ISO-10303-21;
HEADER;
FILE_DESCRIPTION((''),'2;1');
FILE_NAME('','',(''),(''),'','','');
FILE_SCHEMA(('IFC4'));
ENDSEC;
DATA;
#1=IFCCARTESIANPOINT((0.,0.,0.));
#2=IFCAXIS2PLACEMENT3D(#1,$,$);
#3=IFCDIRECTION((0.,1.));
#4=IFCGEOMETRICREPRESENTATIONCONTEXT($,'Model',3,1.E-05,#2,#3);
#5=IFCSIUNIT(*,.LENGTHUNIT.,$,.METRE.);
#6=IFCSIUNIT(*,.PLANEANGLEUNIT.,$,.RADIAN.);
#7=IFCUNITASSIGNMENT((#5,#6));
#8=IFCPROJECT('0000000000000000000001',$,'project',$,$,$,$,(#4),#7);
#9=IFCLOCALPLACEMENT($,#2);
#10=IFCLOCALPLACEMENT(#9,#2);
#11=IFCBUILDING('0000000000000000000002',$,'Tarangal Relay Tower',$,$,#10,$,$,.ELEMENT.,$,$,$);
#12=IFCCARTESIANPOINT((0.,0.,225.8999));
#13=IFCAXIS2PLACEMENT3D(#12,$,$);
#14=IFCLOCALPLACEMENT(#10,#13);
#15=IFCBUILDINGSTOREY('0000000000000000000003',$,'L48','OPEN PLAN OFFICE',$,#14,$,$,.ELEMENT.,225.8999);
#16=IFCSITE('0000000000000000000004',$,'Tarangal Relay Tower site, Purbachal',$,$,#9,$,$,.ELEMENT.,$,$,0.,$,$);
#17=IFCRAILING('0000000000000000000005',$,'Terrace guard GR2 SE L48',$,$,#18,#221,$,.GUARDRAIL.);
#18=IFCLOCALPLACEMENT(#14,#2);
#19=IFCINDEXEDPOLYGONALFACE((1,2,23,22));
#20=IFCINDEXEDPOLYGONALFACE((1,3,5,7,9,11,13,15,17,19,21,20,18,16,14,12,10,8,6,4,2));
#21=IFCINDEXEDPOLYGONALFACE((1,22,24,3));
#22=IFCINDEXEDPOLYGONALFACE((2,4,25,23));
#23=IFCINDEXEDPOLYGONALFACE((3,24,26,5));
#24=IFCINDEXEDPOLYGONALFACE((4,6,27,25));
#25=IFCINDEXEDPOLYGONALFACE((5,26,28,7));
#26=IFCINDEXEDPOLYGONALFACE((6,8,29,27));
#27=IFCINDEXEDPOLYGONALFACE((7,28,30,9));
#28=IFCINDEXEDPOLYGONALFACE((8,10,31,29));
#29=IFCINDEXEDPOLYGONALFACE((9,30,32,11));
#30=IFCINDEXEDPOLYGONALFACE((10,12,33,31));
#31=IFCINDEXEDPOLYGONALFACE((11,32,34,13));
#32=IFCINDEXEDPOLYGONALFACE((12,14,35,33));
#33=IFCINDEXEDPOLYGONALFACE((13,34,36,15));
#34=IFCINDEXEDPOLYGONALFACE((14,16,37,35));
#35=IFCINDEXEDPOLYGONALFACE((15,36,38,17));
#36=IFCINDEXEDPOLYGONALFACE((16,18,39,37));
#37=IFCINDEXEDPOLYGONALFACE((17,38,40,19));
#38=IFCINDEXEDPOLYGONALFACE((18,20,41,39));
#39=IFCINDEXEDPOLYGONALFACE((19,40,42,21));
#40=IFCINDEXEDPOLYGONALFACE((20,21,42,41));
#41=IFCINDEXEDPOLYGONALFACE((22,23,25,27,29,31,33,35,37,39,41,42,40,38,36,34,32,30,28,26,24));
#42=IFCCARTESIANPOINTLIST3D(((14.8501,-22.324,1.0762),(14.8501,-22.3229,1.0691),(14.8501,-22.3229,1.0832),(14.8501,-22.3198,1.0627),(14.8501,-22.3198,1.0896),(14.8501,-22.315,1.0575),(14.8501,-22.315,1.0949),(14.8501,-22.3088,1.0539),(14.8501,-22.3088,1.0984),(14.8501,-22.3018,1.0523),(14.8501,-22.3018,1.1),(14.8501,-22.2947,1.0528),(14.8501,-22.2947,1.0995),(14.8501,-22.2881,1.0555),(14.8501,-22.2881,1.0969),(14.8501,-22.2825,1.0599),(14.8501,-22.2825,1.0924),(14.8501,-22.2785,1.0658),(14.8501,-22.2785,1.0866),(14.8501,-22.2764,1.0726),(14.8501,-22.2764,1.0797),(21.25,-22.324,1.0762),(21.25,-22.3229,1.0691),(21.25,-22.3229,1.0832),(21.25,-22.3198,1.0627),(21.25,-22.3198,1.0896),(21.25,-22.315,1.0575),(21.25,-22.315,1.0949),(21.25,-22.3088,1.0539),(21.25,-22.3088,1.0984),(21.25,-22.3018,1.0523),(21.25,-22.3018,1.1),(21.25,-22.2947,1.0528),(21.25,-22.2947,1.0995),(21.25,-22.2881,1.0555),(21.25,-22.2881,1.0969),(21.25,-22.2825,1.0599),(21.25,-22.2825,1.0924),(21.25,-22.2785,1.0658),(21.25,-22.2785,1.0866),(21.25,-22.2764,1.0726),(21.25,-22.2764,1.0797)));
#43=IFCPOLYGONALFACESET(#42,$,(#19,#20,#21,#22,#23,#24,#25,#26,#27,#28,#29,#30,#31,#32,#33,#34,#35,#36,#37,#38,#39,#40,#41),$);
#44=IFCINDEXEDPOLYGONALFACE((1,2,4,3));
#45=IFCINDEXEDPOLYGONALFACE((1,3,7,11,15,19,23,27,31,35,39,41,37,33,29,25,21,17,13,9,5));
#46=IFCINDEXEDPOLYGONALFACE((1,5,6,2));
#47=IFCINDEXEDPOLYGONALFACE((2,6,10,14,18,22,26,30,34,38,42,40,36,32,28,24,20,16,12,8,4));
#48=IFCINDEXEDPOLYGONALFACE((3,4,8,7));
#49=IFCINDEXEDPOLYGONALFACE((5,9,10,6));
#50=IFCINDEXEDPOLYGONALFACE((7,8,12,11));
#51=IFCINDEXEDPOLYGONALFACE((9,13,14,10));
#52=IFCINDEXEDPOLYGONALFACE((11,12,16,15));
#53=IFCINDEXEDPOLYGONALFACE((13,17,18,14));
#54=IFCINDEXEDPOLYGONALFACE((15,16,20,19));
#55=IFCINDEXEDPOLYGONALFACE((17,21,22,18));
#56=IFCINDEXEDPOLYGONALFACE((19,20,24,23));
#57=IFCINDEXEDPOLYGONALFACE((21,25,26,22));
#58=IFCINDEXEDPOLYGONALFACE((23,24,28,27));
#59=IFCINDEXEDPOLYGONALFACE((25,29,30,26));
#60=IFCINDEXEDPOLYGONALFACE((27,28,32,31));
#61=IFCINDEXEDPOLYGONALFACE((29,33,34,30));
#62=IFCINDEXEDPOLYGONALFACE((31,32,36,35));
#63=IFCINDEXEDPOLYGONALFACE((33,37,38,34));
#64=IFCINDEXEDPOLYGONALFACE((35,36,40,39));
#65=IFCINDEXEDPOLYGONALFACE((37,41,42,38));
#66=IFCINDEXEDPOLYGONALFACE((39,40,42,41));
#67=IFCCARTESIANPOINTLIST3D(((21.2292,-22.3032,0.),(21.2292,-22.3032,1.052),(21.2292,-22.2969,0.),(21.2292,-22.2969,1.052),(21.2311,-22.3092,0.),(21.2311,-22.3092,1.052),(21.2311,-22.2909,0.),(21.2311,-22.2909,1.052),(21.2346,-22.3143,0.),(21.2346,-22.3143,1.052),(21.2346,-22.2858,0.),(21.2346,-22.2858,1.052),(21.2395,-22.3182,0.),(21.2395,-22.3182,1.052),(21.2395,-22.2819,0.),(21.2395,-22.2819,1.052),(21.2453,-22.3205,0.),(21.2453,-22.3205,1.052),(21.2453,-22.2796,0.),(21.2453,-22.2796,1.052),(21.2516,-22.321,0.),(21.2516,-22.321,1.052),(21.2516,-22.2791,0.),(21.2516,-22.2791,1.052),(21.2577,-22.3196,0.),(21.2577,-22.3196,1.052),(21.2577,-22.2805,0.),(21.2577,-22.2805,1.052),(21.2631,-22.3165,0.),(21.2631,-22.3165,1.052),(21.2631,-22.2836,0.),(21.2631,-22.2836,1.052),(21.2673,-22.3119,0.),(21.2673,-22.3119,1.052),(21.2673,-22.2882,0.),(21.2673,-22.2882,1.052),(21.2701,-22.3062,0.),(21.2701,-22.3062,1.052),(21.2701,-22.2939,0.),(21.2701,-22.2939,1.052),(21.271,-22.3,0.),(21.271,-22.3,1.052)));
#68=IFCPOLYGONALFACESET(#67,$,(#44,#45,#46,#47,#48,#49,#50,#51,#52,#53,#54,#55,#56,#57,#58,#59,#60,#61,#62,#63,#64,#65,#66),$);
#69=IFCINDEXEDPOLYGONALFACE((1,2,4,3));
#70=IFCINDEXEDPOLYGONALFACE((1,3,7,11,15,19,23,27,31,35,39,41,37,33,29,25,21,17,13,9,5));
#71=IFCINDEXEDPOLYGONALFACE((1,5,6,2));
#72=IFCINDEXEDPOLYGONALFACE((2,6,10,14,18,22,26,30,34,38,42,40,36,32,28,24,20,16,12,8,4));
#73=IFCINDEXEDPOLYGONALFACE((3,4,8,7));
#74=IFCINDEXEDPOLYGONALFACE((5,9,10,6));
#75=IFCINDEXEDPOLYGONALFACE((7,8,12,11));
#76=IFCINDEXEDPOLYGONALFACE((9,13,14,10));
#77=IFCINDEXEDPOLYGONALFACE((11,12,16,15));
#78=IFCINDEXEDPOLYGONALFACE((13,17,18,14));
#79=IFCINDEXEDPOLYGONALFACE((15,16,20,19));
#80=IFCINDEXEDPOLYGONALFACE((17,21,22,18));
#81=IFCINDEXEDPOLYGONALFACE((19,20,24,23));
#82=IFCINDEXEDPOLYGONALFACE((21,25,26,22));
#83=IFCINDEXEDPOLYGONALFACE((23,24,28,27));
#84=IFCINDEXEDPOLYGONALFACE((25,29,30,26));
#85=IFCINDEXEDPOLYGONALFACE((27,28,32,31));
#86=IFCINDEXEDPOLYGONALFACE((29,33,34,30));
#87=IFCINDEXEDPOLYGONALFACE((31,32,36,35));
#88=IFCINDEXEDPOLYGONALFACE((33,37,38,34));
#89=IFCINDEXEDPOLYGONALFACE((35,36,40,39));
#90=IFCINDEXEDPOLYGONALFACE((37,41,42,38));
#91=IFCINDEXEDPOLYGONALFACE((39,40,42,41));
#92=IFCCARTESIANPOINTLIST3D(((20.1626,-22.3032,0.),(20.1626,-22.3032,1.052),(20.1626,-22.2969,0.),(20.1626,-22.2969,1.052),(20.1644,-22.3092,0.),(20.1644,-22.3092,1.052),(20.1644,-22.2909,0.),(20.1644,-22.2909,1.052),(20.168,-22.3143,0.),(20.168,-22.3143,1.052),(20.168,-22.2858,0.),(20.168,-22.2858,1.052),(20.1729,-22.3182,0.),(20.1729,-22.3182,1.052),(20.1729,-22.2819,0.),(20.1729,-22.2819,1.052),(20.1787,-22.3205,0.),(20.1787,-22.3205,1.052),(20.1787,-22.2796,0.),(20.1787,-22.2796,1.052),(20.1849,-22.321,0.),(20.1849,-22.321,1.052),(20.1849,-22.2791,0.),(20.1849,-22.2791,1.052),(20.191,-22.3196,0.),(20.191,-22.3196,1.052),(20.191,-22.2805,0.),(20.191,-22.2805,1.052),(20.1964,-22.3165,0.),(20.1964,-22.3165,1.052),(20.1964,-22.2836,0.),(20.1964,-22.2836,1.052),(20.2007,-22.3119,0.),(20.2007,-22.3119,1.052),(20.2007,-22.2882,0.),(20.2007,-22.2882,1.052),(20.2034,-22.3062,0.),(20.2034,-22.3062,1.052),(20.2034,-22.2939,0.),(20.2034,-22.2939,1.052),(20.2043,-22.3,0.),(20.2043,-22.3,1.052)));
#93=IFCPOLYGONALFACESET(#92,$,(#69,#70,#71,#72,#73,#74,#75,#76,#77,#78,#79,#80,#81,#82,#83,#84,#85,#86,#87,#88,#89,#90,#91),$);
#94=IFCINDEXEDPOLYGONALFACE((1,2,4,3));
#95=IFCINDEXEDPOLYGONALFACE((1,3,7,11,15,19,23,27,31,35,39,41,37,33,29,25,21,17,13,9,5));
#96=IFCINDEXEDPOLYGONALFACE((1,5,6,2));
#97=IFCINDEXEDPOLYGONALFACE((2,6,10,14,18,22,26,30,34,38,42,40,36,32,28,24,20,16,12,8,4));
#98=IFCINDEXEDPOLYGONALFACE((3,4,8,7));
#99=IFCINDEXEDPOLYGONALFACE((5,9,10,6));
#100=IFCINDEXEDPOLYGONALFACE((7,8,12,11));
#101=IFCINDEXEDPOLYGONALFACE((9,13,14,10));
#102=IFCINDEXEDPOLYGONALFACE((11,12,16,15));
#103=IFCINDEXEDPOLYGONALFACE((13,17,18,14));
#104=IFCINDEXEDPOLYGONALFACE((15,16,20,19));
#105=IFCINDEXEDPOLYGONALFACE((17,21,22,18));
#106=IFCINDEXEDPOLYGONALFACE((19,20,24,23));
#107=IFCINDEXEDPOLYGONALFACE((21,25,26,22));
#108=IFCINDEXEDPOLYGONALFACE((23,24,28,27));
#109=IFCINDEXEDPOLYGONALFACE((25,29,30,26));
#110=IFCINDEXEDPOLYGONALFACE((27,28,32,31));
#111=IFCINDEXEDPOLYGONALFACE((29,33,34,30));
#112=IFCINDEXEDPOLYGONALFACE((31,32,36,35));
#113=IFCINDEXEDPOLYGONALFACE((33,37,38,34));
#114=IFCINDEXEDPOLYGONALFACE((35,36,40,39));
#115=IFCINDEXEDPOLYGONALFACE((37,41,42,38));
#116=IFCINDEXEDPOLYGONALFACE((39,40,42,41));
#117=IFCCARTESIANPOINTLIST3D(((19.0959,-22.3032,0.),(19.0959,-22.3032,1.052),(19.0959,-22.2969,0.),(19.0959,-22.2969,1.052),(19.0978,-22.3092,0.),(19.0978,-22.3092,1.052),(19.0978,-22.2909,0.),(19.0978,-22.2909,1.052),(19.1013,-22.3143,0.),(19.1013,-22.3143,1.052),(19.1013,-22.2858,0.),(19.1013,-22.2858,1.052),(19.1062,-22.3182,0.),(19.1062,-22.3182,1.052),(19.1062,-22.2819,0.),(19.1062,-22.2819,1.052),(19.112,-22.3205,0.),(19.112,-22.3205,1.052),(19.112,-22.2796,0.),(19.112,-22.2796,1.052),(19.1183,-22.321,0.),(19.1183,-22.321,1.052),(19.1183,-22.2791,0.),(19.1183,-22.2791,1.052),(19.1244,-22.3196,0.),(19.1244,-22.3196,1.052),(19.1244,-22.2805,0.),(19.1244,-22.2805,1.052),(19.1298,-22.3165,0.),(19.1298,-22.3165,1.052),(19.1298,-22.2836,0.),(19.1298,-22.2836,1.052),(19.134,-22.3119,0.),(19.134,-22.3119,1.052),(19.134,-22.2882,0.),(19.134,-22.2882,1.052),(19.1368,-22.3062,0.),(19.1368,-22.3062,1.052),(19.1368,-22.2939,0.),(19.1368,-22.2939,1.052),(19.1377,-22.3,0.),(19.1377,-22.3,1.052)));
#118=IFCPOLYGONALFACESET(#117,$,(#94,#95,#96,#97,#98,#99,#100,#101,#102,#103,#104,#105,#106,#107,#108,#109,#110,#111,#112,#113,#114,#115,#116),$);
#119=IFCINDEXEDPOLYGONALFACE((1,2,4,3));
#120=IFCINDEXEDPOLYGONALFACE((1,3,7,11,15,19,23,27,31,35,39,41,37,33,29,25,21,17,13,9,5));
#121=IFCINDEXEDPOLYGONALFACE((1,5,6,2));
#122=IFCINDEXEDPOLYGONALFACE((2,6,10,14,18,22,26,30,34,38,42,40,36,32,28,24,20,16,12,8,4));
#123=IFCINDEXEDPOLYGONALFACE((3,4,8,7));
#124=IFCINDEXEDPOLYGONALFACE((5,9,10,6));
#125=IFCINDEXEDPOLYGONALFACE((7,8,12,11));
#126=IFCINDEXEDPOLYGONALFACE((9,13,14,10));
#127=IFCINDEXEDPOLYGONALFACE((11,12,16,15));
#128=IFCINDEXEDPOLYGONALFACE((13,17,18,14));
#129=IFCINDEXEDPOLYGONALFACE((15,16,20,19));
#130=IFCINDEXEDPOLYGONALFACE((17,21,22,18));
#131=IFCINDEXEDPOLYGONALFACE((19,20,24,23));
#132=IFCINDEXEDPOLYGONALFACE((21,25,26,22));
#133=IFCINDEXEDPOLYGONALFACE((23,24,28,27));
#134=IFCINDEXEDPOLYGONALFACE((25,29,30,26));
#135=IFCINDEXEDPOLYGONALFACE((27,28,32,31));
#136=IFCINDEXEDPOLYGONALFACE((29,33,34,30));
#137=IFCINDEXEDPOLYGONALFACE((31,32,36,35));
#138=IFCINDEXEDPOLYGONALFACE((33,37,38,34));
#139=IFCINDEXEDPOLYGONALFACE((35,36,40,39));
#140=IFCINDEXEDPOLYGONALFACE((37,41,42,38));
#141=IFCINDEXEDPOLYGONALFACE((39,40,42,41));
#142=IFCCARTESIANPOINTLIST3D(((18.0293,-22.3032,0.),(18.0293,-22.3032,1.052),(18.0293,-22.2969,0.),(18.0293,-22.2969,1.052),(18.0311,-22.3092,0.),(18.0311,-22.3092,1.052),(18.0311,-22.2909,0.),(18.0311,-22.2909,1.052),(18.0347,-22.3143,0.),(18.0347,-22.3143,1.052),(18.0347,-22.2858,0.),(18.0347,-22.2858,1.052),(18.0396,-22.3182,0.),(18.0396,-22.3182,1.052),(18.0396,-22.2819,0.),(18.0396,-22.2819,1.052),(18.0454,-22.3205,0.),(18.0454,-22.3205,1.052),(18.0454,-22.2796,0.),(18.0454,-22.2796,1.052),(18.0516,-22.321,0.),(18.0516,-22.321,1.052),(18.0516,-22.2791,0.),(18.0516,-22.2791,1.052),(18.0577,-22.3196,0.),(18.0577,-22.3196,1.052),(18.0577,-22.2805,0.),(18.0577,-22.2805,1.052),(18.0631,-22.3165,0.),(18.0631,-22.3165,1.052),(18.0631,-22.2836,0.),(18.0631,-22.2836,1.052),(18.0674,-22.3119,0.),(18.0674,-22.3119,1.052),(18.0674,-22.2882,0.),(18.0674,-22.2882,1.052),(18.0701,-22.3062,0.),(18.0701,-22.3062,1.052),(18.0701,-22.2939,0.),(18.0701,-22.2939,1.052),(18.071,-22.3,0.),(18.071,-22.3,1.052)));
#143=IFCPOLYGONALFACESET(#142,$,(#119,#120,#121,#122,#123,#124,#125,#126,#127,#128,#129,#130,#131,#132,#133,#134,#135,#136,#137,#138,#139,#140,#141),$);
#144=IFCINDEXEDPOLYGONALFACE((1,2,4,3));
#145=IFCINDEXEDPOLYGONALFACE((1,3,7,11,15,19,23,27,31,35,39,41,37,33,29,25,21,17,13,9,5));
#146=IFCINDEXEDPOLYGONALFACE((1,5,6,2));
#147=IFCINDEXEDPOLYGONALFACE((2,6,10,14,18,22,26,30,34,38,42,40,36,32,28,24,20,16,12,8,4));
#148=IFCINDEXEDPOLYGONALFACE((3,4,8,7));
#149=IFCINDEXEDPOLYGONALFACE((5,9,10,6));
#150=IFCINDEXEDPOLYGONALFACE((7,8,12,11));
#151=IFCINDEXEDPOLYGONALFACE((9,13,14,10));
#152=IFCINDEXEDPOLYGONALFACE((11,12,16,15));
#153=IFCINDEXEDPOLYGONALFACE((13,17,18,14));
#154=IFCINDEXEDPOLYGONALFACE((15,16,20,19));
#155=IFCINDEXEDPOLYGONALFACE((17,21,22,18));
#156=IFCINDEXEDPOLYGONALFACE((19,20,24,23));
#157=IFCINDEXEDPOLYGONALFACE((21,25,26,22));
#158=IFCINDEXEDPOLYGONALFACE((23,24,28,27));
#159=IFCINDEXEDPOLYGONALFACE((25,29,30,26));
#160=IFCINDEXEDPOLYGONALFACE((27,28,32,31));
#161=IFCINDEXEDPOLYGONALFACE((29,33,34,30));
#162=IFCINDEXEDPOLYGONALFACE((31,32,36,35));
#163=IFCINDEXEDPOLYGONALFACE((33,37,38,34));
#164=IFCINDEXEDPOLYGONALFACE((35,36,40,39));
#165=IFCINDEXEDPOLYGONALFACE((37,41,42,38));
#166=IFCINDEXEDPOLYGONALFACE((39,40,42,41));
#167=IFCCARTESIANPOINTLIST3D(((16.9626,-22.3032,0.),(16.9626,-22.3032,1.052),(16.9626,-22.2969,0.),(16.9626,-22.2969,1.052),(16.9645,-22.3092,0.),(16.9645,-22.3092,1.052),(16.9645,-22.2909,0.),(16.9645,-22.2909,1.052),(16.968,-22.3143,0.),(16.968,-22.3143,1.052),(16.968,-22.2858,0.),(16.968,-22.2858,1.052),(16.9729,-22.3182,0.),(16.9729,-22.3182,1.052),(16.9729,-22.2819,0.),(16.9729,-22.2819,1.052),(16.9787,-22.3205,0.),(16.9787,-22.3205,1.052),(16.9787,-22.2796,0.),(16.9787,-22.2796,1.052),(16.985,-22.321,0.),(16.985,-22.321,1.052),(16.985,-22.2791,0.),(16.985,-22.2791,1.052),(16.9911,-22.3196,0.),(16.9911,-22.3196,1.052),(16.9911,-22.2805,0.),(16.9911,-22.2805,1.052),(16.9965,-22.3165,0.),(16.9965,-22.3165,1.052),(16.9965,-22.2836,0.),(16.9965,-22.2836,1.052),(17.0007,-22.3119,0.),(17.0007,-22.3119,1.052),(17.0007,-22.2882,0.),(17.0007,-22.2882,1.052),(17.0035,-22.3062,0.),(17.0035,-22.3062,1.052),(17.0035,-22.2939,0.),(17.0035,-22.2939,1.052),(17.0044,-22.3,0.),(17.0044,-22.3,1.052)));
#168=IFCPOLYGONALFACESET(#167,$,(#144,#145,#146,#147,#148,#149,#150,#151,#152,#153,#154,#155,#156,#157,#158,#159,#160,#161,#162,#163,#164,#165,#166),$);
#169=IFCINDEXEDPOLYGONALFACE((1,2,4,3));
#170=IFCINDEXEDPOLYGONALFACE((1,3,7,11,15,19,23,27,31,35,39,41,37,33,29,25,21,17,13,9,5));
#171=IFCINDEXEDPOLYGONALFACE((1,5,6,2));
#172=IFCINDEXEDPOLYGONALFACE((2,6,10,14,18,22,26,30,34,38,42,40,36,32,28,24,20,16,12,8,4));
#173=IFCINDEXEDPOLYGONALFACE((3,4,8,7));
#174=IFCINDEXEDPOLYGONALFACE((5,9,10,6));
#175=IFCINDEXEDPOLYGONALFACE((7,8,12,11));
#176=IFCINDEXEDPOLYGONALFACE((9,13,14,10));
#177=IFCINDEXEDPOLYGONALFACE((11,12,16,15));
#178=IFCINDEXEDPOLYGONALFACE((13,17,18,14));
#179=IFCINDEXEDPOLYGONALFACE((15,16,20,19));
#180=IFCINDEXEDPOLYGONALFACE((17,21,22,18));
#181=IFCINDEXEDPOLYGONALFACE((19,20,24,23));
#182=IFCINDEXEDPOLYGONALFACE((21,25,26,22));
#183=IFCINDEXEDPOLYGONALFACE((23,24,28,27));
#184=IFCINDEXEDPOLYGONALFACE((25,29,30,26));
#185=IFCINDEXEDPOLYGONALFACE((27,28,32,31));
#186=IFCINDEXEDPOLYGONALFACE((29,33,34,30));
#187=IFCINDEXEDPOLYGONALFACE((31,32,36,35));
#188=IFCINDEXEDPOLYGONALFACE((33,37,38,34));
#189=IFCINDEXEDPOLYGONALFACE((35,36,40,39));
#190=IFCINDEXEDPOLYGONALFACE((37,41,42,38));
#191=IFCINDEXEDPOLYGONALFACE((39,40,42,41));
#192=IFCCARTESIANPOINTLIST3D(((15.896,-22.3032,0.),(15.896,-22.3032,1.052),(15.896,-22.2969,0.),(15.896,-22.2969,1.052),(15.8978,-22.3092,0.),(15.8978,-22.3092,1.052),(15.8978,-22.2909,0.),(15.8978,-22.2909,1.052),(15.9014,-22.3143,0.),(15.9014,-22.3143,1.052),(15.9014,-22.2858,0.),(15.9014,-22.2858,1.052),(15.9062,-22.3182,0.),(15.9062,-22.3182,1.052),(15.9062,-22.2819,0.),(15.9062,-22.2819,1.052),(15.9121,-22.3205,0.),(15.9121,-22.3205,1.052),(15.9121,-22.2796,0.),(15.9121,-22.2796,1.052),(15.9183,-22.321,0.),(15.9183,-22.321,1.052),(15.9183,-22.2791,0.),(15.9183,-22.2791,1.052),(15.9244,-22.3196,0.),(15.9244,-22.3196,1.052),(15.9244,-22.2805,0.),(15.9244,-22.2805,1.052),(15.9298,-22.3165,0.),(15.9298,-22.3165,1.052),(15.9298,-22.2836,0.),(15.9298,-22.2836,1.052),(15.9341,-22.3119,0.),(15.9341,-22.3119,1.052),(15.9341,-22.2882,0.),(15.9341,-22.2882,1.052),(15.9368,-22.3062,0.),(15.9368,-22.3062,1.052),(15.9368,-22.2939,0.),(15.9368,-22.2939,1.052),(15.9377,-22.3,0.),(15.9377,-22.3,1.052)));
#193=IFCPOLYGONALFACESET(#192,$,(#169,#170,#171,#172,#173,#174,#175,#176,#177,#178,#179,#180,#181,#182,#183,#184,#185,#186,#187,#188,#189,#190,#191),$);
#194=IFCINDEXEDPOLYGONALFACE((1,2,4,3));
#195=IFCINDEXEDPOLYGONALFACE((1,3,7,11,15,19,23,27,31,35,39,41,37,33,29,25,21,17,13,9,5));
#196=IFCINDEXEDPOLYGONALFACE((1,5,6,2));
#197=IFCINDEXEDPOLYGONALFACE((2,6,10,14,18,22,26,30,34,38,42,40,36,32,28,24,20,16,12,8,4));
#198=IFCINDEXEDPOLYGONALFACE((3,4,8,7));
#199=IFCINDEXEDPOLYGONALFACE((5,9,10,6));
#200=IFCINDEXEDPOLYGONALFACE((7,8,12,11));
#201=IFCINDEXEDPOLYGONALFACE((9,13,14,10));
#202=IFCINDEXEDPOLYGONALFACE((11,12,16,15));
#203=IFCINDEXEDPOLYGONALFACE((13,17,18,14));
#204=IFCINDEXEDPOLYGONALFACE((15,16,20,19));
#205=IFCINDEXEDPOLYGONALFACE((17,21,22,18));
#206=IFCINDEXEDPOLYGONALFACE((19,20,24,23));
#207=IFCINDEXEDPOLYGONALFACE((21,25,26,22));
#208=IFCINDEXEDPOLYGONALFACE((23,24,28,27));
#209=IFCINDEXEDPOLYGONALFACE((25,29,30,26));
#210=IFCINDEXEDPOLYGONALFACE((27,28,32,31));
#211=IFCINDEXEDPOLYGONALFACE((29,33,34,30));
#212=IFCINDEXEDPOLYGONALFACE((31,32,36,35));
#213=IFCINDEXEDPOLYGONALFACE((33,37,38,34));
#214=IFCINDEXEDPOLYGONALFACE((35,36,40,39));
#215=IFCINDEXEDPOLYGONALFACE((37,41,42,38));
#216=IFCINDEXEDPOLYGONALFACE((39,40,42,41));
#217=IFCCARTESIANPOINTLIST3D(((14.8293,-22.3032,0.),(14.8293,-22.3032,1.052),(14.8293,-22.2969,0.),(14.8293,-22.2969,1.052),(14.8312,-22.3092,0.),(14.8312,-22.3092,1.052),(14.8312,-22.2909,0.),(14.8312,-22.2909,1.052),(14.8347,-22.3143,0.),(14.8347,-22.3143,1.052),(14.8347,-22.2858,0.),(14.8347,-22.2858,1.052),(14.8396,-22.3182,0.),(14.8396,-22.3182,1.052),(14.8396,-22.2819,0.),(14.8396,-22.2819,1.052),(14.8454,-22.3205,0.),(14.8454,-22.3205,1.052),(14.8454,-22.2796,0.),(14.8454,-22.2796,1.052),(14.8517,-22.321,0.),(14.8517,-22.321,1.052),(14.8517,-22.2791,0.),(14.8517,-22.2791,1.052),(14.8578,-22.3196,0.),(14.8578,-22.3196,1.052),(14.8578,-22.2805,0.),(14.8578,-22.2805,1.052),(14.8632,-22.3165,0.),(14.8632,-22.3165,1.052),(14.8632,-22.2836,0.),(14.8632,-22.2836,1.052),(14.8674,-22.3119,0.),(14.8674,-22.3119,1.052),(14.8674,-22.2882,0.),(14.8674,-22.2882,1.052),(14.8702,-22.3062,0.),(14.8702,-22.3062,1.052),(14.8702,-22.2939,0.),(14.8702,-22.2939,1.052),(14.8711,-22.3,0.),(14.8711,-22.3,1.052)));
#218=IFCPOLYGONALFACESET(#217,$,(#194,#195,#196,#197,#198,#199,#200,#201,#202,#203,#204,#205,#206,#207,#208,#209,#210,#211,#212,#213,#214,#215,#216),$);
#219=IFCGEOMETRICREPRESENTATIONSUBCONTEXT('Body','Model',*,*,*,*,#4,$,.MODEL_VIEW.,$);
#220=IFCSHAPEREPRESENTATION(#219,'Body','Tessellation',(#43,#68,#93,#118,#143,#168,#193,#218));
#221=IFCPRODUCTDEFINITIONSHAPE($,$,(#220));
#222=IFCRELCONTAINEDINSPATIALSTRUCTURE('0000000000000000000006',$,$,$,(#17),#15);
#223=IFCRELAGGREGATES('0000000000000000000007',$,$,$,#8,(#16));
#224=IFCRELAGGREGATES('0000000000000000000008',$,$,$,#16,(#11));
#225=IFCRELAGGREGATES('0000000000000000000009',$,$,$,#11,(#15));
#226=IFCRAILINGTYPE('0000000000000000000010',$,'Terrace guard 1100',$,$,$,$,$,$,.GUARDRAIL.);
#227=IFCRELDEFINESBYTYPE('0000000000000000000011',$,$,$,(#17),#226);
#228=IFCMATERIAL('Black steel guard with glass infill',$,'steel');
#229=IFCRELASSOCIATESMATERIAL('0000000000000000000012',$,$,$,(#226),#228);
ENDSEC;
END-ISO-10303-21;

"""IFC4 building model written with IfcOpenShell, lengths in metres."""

from ifc_helpers import new_model, si_unit, direction, frame, origin, origin_2d, place, context, subcontext, project, spatial, circle, extrude, material, type_object, element, save


model = new_model("IFC4")

# Units and contexts
model_context = context("Model", 3, precision=1e-05, world=origin(), true_north=direction((0.0, 1.0)))
body_context = subcontext(model_context, "Body", "Model", "MODEL_VIEW")
ifc_project = project(units=[si_unit("LENGTHUNIT", "METRE"), si_unit("PLANEANGLEUNIT", "RADIAN")], contexts=[model_context])

# Site, building, storey
site_placement = place(None, origin())
site = spatial("IfcSite", under=ifc_project, at=site_placement, Name="Tarangal Relay Tower site, Purbachal", CompositionType="ELEMENT", RefElevation=0.0)
building_placement = place(site_placement, origin())
building = spatial("IfcBuilding", under=site, at=building_placement, Name="Tarangal Relay Tower", CompositionType="ELEMENT")
storey_placement = place(building_placement, frame((0.0, 0.0, 225.8999)))
storey = spatial("IfcBuildingStorey", under=building, at=storey_placement, Name="L48", Description="OPEN PLAN OFFICE", CompositionType="ELEMENT", Elevation=225.8999)

# Railing
ifc_material_1 = material(Name="Black steel guard with glass infill", Category="steel")
railing_type = type_object("IfcRailingType", Name="Terrace guard 1100", PredefinedType="GUARDRAIL", material=ifc_material_1)
railing_1_placement = place(storey_placement, frame((21.25, -22.3, 0.0)))
element("IfcRailing", 1, at=railing_1_placement, inside=storey, type_object=railing_type, Name="Terrace guard GR2 SE L48", PredefinedType="GUARDRAIL", context=body_context, shape_type="SweptSolid", body=[
    extrude(circle(Radius=0.0239, at=origin_2d()), frame((0.0, 0.0, 1.0762), z_axis=(-1.0, 0.0, 0.0), x_axis=(0.0, -1.0, 0.0)), (0.0, 0.0, 1.0), 6.3999),
    extrude(circle(Radius=0.021, at=origin_2d()), origin(), (0.0, 0.0, 1.0), 1.052),
    extrude(circle(Radius=0.021, at=origin_2d()), frame((-1.0667, 0.0, 0.0)), (0.0, 0.0, 1.0), 1.052),
    extrude(circle(Radius=0.021, at=origin_2d()), frame((-2.1333, 0.0, 0.0)), (0.0, 0.0, 1.0), 1.052),
    extrude(circle(Radius=0.021, at=origin_2d()), frame((-3.2, 0.0, 0.0)), (0.0, 0.0, 1.0), 1.052),
    extrude(circle(Radius=0.021, at=origin_2d()), frame((-4.2666, 0.0, 0.0)), (0.0, 0.0, 1.0), 1.052),
    extrude(circle(Radius=0.021, at=origin_2d()), frame((-5.3333, 0.0, 0.0)), (0.0, 0.0, 1.0), 1.052),
    extrude(circle(Radius=0.021, at=origin_2d()), frame((-6.3999, 0.0, 0.0)), (0.0, 0.0, 1.0), 1.052),
])

save(model, "model.ifc")
